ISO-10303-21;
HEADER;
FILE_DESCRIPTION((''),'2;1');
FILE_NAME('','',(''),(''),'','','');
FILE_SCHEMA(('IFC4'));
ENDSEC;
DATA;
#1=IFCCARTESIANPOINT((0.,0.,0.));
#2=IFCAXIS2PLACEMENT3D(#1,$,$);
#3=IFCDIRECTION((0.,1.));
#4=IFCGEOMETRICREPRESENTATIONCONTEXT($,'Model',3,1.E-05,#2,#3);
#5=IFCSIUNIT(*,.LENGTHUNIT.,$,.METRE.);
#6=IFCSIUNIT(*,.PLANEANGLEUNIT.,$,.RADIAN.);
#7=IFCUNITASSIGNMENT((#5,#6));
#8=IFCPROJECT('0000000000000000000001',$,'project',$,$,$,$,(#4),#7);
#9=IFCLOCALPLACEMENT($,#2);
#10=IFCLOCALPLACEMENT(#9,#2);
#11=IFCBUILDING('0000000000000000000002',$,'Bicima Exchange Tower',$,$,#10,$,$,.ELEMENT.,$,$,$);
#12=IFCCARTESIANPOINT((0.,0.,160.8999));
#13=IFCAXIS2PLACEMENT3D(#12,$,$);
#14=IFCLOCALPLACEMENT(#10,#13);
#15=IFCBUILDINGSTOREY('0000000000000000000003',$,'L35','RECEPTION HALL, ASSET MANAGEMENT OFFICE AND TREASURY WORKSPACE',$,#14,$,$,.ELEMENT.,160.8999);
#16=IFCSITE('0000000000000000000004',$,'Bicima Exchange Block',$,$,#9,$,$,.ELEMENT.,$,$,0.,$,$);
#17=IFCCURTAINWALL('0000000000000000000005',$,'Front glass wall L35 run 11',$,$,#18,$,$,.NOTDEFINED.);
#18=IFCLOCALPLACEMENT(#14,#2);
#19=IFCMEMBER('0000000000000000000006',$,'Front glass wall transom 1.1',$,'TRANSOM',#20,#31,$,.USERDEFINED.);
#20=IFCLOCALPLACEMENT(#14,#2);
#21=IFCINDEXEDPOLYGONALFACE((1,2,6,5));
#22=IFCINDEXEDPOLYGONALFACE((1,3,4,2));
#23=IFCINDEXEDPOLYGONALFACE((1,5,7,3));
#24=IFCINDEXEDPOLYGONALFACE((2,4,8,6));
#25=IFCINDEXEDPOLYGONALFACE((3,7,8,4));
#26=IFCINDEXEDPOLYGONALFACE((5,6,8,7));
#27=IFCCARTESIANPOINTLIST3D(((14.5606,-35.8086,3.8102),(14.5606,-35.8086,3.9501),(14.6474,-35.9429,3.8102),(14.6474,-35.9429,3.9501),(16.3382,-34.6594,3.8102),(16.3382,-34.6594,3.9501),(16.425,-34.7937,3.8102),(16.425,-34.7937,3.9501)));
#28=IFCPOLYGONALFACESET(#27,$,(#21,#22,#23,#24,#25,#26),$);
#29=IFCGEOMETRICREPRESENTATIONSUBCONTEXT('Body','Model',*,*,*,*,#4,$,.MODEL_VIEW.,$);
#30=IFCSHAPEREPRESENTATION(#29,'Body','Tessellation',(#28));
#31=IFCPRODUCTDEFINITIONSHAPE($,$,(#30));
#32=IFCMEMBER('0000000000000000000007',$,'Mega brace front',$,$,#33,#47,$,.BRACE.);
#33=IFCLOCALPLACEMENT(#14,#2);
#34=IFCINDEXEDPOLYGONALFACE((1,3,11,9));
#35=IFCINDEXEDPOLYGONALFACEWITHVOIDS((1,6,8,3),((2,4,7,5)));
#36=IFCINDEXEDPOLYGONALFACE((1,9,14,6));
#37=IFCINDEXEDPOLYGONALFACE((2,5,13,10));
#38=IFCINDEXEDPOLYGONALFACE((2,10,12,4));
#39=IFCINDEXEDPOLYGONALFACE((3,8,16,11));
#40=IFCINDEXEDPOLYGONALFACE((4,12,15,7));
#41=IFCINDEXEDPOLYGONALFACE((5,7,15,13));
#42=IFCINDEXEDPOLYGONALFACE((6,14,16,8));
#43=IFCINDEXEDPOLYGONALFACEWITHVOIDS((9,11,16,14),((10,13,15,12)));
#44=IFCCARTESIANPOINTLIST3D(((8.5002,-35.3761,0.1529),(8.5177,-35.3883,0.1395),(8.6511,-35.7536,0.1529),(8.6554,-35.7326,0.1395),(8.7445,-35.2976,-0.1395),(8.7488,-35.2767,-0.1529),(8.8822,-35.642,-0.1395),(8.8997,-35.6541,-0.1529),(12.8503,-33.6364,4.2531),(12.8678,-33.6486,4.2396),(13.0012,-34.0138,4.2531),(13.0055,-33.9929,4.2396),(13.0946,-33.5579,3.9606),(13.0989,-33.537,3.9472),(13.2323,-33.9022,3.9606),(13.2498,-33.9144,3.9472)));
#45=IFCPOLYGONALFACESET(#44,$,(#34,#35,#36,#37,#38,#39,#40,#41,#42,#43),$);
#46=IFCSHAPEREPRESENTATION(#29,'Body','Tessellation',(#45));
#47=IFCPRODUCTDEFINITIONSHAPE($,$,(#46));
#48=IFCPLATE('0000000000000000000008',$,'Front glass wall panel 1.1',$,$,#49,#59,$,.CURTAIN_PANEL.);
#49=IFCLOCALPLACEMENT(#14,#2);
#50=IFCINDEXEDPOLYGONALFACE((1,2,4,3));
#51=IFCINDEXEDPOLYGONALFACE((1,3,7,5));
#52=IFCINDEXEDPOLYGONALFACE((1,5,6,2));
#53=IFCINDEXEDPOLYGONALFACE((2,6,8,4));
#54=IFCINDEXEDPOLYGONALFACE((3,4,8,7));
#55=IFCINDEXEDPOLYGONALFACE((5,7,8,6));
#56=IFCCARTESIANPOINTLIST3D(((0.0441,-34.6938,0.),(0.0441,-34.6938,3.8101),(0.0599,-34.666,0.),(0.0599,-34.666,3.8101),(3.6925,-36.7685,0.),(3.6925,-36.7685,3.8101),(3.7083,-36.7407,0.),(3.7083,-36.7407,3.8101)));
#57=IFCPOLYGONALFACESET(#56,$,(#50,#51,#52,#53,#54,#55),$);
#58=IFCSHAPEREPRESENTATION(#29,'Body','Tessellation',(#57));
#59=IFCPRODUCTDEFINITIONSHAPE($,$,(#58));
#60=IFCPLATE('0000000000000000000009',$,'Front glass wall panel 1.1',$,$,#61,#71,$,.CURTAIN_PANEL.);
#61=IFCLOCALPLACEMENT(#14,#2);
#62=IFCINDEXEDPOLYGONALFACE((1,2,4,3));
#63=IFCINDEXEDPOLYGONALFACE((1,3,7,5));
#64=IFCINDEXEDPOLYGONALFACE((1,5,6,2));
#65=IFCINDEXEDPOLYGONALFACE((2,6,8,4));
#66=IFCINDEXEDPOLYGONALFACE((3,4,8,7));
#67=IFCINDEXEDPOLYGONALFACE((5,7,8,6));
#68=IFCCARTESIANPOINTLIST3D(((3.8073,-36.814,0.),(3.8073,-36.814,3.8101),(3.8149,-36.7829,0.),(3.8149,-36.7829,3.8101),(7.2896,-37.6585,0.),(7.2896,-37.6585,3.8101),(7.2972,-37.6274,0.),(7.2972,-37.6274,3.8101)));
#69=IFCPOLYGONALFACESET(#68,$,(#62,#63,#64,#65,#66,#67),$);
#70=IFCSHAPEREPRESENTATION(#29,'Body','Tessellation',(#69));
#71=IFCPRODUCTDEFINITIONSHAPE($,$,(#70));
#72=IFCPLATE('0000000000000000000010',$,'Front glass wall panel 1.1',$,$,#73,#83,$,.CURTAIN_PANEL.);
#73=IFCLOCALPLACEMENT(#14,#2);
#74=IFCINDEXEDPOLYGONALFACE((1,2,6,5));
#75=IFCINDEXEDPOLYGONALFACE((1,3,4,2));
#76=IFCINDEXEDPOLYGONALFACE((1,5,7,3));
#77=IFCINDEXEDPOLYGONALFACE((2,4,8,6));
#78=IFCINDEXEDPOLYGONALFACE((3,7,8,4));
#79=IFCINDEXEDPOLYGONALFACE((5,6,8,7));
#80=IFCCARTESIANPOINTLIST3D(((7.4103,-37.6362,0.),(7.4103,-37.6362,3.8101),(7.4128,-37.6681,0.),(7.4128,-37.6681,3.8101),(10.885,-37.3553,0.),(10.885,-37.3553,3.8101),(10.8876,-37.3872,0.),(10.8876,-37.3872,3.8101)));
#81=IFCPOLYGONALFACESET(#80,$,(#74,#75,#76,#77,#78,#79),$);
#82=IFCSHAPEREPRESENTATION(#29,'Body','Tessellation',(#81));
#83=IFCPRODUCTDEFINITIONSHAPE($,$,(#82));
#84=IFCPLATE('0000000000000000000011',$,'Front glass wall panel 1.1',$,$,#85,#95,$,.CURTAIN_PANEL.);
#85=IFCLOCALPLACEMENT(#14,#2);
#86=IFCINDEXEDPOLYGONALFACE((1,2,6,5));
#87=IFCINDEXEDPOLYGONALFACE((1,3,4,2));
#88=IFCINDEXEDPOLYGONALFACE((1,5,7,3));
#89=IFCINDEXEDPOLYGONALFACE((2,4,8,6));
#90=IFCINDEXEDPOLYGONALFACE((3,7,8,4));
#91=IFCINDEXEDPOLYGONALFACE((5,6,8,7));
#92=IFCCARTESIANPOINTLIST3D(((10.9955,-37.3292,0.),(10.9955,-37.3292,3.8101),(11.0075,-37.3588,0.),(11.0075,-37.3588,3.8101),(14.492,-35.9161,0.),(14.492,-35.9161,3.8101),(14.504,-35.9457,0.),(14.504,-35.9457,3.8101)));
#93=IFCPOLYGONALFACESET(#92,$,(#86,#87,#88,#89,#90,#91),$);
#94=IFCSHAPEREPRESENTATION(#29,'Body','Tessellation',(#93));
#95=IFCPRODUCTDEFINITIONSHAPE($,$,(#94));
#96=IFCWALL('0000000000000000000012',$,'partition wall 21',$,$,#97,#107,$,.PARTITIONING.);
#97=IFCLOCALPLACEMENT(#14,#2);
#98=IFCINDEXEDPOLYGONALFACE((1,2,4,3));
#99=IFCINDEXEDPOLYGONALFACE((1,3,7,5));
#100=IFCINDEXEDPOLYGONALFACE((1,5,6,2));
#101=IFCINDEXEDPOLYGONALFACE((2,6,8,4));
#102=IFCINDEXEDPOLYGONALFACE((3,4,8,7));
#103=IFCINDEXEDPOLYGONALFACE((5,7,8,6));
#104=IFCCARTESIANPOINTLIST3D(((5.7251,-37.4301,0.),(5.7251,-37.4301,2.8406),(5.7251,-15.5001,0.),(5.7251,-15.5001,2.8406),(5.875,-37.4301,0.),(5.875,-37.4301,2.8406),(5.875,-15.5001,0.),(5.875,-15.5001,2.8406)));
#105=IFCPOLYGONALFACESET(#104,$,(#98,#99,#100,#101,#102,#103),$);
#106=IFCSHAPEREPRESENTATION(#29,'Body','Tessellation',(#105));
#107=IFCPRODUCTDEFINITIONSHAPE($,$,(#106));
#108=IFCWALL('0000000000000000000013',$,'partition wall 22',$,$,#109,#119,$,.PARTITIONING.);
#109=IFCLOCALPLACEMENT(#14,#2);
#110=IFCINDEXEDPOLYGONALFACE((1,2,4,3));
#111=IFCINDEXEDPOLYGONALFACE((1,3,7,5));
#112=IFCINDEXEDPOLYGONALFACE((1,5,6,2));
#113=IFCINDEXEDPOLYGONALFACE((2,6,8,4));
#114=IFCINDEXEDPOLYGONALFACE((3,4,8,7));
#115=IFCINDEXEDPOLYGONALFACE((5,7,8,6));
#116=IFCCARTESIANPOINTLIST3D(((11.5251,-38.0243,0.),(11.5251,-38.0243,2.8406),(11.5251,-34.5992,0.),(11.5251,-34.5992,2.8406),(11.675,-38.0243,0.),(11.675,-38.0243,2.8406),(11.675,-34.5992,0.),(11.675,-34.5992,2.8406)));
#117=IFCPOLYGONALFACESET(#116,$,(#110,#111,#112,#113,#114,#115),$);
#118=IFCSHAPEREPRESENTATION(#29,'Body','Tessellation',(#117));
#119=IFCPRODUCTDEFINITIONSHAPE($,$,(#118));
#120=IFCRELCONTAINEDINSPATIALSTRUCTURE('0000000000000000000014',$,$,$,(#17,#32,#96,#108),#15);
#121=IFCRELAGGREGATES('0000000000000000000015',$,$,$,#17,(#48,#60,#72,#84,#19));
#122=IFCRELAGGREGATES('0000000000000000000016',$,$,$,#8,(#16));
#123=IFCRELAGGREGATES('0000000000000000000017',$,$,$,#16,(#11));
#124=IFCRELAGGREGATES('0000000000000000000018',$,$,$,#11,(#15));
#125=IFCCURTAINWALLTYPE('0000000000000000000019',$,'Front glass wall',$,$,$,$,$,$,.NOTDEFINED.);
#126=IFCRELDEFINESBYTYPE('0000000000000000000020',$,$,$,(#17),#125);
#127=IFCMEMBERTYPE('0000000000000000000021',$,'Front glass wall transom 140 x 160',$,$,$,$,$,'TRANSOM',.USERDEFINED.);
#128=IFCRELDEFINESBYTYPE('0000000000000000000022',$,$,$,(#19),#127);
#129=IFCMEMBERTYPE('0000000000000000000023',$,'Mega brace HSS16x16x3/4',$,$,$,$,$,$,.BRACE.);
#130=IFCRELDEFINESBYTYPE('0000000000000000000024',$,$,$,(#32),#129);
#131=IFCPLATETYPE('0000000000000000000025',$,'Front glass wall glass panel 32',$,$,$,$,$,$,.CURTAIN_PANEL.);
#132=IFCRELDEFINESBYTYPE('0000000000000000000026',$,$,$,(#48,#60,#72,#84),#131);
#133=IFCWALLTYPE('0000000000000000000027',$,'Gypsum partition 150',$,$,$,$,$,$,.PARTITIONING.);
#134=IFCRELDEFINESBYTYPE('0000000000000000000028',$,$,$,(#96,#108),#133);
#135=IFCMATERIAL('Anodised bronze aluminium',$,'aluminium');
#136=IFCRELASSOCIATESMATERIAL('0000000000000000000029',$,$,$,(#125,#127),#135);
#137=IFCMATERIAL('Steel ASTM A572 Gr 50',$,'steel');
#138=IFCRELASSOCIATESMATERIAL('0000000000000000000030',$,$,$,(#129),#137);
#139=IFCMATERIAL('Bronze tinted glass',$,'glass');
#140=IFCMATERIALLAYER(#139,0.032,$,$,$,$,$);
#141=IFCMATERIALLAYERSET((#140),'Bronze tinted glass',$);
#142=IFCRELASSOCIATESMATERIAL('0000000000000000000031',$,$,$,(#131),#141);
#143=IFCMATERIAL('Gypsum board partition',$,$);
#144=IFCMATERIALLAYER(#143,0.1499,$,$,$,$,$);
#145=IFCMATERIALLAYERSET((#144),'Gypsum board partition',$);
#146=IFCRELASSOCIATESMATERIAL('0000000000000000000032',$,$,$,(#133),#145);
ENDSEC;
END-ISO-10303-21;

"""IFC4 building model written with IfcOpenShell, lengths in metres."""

from ifc_helpers import new_model, si_unit, direction, frame, frame_2d, origin, origin_2d, place, context, subcontext, project, spatial, rectangle, hollow_rectangle, extrude, material, layer, layer_set, material_profile, profile_set, type_object, element, aggregate, save


model = new_model("IFC4")

# Units and contexts
model_context = context("Model", 3, precision=1e-05, world=origin(), true_north=direction((0.0, 1.0)))
body_context = subcontext(model_context, "Body", "Model", "MODEL_VIEW")
ifc_project = project(units=[si_unit("LENGTHUNIT", "METRE"), si_unit("PLANEANGLEUNIT", "RADIAN")], contexts=[model_context])

# Site, building, storey
site_placement = place(None, origin())
site = spatial("IfcSite", under=ifc_project, at=site_placement, Name="Bicima Exchange Block", CompositionType="ELEMENT", RefElevation=0.0)
building_placement = place(site_placement, origin())
building = spatial("IfcBuilding", under=site, at=building_placement, Name="Bicima Exchange Tower", CompositionType="ELEMENT")
storey_placement = place(building_placement, frame((0.0, 0.0, 160.8999)))
storey = spatial("IfcBuildingStorey", under=building, at=storey_placement, Name="L35", Description="RECEPTION HALL, ASSET MANAGEMENT OFFICE AND TREASURY WORKSPACE", CompositionType="ELEMENT", Elevation=160.8999)

# Shared definitions
ifc_material_1 = material(Name="Steel ASTM A572 Gr 50", Category="steel")

# Curtain wall, member
ifc_material_2 = material(Name="Anodised bronze aluminium", Category="aluminium")
curtain_wall_type = type_object("IfcCurtainWallType", Name="Front glass wall", PredefinedType="NOTDEFINED", material=ifc_material_2)
curtain_wall_placement = place(storey_placement, origin())
curtain_wall = element("IfcCurtainWall", 1, at=curtain_wall_placement, inside=storey, type_object=curtain_wall_type, Name="Front glass wall L35 run 11", PredefinedType="NOTDEFINED")
ifc_material_profile_1 = material_profile(ifc_material_2, rectangle(XDim=0.1599, YDim=0.1399, at=origin_2d()))
ifc_profile_set_1 = profile_set([ifc_material_profile_1], Name="Anodised bronze aluminium")
member_type_1 = type_object("IfcMemberType", Name="Front glass wall transom 140 x 160", ElementType="TRANSOM", PredefinedType="USERDEFINED", material=ifc_profile_set_1)
member_1_placement = place(storey_placement, frame((14.604, -35.8757, 3.8801), z_axis=(0.839793, 0.542907, 0.0), x_axis=(-0.542907, 0.839793, 0.0)))
member_1 = element("IfcMember", 2, at=member_1_placement, type_object=member_type_1, Name="Front glass wall transom 1.1", ObjectType="TRANSOM", PredefinedType="USERDEFINED", context=body_context, shape_type="SweptSolid", body=[
    extrude(rectangle(XDim=0.1599, YDim=0.1399, at=origin_2d()), origin(), (0.0, 0.0, 1.0), 2.1167),
])

# Member
ifc_material_profile_2 = material_profile(ifc_material_1, hollow_rectangle(XDim=0.4065, YDim=0.4065, WallThickness=0.0178, at=origin_2d()))
ifc_profile_set_2 = profile_set([ifc_material_profile_2], Name="Steel ASTM A572 Gr 50")
member_type_2 = type_object("IfcMemberType", Name="Mega brace HSS16x16x3/4", PredefinedType="BRACE", material=ifc_profile_set_2)
member_2_placement = place(storey_placement, frame((8.7, -35.5151, 0.0), z_axis=(0.698719, 0.27944, 0.658563), x_axis=(-0.371337, 0.928498, 0.0)))
element("IfcMember", 3, at=member_2_placement, inside=storey, type_object=member_type_2, Name="Mega brace front", PredefinedType="BRACE", context=body_context, shape_type="SweptSolid", body=[
    extrude(hollow_rectangle(XDim=0.4065, YDim=0.4065, WallThickness=0.0178, at=origin_2d()), origin(), (0.0, 0.0, 1.0), 6.2258),
])

# Plates
ifc_material_3 = material(Name="Bronze tinted glass", Category="glass")
ifc_layer_1 = layer(ifc_material_3, 0.032)
ifc_layer_set_1 = layer_set([ifc_layer_1], Name="Bronze tinted glass")
plate_type = type_object("IfcPlateType", Name="Front glass wall glass panel 32", PredefinedType="CURTAIN_PANEL", material=ifc_layer_set_1)
plate_1_placement = place(storey_placement, frame((1.8762, -35.7173, 0.0), z_axis=(0.0, 0.0, 1.0), x_axis=(0.869274, -0.49433, 0.0)))
plate_1 = element("IfcPlate", 4, at=plate_1_placement, type_object=plate_type, Name="Front glass wall panel 1.1", PredefinedType="CURTAIN_PANEL", context=body_context, shape_type="SweptSolid", body=[
    extrude(rectangle(XDim=4.197, YDim=0.032, at=origin_2d()), origin(), (0.0, 0.0, 1.0), 3.8101),
])
plate_2_placement = place(storey_placement, frame((5.5522, -37.2207, 0.0), z_axis=(0.0, 0.0, 1.0), x_axis=(0.97183, -0.235682, 0.0)))
plate_2 = element("IfcPlate", 5, at=plate_2_placement, type_object=plate_type, Name="Front glass wall panel 1.1", PredefinedType="CURTAIN_PANEL", context=body_context, shape_type="SweptSolid", body=[
    extrude(rectangle(XDim=3.5833, YDim=0.032, at=origin_2d()), origin(), (0.0, 0.0, 1.0), 3.8101),
])
plate_3_placement = place(storey_placement, frame((9.1489, -37.5117, 0.0), z_axis=(0.0, 0.0, 1.0), x_axis=(0.996747, 0.080589, 0.0)))
plate_3 = element("IfcPlate", 6, at=plate_3_placement, type_object=plate_type, Name="Front glass wall panel 1.1", PredefinedType="CURTAIN_PANEL", context=body_context, shape_type="SweptSolid", body=[
    extrude(rectangle(XDim=3.4861, YDim=0.032, at=origin_2d()), origin(), (0.0, 0.0, 1.0), 3.8101),
])
plate_4_placement = place(storey_placement, frame((12.7498, -36.6375, 0.0), z_axis=(0.0, 0.0, 1.0), x_axis=(0.927144, 0.374705, 0.0)))
plate_4 = element("IfcPlate", 7, at=plate_4_placement, type_object=plate_type, Name="Front glass wall panel 1.1", PredefinedType="CURTAIN_PANEL", context=body_context, shape_type="SweptSolid", body=[
    extrude(rectangle(XDim=3.7712, YDim=0.032, at=origin_2d()), origin(), (0.0, 0.0, 1.0), 3.8101),
])
aggregate(curtain_wall, [plate_1, plate_2, plate_3, plate_4, member_1])

# Walls
ifc_material_4 = material(Name="Gypsum board partition")
ifc_layer_2 = layer(ifc_material_4, 0.1499)
ifc_layer_set_2 = layer_set([ifc_layer_2], Name="Gypsum board partition")
wall_type = type_object("IfcWallType", Name="Gypsum partition 150", PredefinedType="PARTITIONING", material=ifc_layer_set_2)
wall_1_placement = place(storey_placement, frame((5.8, -37.4299, 0.0), z_axis=(0.0, 0.0, 1.0), x_axis=(0.0, 1.0, 0.0)))
element("IfcWall", 8, at=wall_1_placement, inside=storey, type_object=wall_type, Name="partition wall 21", PredefinedType="PARTITIONING", context=body_context, shape_type="SweptSolid", body=[
    extrude(rectangle(XDim=21.9299, YDim=0.1499, at=frame_2d((10.9648, 0.0))), origin(), (0.0, 0.0, 1.0), 2.8406),
])
wall_2_placement = place(storey_placement, frame((11.6001, -38.0242, 0.0), z_axis=(0.0, 0.0, 1.0), x_axis=(0.0, 1.0, 0.0)))
element("IfcWall", 9, at=wall_2_placement, inside=storey, type_object=wall_type, Name="partition wall 22", PredefinedType="PARTITIONING", context=body_context, shape_type="SweptSolid", body=[
    extrude(rectangle(XDim=3.425, YDim=0.1499, at=frame_2d((1.7124, 0.0))), origin(), (0.0, 0.0, 1.0), 2.8406),
])

save(model, "model.ifc")
